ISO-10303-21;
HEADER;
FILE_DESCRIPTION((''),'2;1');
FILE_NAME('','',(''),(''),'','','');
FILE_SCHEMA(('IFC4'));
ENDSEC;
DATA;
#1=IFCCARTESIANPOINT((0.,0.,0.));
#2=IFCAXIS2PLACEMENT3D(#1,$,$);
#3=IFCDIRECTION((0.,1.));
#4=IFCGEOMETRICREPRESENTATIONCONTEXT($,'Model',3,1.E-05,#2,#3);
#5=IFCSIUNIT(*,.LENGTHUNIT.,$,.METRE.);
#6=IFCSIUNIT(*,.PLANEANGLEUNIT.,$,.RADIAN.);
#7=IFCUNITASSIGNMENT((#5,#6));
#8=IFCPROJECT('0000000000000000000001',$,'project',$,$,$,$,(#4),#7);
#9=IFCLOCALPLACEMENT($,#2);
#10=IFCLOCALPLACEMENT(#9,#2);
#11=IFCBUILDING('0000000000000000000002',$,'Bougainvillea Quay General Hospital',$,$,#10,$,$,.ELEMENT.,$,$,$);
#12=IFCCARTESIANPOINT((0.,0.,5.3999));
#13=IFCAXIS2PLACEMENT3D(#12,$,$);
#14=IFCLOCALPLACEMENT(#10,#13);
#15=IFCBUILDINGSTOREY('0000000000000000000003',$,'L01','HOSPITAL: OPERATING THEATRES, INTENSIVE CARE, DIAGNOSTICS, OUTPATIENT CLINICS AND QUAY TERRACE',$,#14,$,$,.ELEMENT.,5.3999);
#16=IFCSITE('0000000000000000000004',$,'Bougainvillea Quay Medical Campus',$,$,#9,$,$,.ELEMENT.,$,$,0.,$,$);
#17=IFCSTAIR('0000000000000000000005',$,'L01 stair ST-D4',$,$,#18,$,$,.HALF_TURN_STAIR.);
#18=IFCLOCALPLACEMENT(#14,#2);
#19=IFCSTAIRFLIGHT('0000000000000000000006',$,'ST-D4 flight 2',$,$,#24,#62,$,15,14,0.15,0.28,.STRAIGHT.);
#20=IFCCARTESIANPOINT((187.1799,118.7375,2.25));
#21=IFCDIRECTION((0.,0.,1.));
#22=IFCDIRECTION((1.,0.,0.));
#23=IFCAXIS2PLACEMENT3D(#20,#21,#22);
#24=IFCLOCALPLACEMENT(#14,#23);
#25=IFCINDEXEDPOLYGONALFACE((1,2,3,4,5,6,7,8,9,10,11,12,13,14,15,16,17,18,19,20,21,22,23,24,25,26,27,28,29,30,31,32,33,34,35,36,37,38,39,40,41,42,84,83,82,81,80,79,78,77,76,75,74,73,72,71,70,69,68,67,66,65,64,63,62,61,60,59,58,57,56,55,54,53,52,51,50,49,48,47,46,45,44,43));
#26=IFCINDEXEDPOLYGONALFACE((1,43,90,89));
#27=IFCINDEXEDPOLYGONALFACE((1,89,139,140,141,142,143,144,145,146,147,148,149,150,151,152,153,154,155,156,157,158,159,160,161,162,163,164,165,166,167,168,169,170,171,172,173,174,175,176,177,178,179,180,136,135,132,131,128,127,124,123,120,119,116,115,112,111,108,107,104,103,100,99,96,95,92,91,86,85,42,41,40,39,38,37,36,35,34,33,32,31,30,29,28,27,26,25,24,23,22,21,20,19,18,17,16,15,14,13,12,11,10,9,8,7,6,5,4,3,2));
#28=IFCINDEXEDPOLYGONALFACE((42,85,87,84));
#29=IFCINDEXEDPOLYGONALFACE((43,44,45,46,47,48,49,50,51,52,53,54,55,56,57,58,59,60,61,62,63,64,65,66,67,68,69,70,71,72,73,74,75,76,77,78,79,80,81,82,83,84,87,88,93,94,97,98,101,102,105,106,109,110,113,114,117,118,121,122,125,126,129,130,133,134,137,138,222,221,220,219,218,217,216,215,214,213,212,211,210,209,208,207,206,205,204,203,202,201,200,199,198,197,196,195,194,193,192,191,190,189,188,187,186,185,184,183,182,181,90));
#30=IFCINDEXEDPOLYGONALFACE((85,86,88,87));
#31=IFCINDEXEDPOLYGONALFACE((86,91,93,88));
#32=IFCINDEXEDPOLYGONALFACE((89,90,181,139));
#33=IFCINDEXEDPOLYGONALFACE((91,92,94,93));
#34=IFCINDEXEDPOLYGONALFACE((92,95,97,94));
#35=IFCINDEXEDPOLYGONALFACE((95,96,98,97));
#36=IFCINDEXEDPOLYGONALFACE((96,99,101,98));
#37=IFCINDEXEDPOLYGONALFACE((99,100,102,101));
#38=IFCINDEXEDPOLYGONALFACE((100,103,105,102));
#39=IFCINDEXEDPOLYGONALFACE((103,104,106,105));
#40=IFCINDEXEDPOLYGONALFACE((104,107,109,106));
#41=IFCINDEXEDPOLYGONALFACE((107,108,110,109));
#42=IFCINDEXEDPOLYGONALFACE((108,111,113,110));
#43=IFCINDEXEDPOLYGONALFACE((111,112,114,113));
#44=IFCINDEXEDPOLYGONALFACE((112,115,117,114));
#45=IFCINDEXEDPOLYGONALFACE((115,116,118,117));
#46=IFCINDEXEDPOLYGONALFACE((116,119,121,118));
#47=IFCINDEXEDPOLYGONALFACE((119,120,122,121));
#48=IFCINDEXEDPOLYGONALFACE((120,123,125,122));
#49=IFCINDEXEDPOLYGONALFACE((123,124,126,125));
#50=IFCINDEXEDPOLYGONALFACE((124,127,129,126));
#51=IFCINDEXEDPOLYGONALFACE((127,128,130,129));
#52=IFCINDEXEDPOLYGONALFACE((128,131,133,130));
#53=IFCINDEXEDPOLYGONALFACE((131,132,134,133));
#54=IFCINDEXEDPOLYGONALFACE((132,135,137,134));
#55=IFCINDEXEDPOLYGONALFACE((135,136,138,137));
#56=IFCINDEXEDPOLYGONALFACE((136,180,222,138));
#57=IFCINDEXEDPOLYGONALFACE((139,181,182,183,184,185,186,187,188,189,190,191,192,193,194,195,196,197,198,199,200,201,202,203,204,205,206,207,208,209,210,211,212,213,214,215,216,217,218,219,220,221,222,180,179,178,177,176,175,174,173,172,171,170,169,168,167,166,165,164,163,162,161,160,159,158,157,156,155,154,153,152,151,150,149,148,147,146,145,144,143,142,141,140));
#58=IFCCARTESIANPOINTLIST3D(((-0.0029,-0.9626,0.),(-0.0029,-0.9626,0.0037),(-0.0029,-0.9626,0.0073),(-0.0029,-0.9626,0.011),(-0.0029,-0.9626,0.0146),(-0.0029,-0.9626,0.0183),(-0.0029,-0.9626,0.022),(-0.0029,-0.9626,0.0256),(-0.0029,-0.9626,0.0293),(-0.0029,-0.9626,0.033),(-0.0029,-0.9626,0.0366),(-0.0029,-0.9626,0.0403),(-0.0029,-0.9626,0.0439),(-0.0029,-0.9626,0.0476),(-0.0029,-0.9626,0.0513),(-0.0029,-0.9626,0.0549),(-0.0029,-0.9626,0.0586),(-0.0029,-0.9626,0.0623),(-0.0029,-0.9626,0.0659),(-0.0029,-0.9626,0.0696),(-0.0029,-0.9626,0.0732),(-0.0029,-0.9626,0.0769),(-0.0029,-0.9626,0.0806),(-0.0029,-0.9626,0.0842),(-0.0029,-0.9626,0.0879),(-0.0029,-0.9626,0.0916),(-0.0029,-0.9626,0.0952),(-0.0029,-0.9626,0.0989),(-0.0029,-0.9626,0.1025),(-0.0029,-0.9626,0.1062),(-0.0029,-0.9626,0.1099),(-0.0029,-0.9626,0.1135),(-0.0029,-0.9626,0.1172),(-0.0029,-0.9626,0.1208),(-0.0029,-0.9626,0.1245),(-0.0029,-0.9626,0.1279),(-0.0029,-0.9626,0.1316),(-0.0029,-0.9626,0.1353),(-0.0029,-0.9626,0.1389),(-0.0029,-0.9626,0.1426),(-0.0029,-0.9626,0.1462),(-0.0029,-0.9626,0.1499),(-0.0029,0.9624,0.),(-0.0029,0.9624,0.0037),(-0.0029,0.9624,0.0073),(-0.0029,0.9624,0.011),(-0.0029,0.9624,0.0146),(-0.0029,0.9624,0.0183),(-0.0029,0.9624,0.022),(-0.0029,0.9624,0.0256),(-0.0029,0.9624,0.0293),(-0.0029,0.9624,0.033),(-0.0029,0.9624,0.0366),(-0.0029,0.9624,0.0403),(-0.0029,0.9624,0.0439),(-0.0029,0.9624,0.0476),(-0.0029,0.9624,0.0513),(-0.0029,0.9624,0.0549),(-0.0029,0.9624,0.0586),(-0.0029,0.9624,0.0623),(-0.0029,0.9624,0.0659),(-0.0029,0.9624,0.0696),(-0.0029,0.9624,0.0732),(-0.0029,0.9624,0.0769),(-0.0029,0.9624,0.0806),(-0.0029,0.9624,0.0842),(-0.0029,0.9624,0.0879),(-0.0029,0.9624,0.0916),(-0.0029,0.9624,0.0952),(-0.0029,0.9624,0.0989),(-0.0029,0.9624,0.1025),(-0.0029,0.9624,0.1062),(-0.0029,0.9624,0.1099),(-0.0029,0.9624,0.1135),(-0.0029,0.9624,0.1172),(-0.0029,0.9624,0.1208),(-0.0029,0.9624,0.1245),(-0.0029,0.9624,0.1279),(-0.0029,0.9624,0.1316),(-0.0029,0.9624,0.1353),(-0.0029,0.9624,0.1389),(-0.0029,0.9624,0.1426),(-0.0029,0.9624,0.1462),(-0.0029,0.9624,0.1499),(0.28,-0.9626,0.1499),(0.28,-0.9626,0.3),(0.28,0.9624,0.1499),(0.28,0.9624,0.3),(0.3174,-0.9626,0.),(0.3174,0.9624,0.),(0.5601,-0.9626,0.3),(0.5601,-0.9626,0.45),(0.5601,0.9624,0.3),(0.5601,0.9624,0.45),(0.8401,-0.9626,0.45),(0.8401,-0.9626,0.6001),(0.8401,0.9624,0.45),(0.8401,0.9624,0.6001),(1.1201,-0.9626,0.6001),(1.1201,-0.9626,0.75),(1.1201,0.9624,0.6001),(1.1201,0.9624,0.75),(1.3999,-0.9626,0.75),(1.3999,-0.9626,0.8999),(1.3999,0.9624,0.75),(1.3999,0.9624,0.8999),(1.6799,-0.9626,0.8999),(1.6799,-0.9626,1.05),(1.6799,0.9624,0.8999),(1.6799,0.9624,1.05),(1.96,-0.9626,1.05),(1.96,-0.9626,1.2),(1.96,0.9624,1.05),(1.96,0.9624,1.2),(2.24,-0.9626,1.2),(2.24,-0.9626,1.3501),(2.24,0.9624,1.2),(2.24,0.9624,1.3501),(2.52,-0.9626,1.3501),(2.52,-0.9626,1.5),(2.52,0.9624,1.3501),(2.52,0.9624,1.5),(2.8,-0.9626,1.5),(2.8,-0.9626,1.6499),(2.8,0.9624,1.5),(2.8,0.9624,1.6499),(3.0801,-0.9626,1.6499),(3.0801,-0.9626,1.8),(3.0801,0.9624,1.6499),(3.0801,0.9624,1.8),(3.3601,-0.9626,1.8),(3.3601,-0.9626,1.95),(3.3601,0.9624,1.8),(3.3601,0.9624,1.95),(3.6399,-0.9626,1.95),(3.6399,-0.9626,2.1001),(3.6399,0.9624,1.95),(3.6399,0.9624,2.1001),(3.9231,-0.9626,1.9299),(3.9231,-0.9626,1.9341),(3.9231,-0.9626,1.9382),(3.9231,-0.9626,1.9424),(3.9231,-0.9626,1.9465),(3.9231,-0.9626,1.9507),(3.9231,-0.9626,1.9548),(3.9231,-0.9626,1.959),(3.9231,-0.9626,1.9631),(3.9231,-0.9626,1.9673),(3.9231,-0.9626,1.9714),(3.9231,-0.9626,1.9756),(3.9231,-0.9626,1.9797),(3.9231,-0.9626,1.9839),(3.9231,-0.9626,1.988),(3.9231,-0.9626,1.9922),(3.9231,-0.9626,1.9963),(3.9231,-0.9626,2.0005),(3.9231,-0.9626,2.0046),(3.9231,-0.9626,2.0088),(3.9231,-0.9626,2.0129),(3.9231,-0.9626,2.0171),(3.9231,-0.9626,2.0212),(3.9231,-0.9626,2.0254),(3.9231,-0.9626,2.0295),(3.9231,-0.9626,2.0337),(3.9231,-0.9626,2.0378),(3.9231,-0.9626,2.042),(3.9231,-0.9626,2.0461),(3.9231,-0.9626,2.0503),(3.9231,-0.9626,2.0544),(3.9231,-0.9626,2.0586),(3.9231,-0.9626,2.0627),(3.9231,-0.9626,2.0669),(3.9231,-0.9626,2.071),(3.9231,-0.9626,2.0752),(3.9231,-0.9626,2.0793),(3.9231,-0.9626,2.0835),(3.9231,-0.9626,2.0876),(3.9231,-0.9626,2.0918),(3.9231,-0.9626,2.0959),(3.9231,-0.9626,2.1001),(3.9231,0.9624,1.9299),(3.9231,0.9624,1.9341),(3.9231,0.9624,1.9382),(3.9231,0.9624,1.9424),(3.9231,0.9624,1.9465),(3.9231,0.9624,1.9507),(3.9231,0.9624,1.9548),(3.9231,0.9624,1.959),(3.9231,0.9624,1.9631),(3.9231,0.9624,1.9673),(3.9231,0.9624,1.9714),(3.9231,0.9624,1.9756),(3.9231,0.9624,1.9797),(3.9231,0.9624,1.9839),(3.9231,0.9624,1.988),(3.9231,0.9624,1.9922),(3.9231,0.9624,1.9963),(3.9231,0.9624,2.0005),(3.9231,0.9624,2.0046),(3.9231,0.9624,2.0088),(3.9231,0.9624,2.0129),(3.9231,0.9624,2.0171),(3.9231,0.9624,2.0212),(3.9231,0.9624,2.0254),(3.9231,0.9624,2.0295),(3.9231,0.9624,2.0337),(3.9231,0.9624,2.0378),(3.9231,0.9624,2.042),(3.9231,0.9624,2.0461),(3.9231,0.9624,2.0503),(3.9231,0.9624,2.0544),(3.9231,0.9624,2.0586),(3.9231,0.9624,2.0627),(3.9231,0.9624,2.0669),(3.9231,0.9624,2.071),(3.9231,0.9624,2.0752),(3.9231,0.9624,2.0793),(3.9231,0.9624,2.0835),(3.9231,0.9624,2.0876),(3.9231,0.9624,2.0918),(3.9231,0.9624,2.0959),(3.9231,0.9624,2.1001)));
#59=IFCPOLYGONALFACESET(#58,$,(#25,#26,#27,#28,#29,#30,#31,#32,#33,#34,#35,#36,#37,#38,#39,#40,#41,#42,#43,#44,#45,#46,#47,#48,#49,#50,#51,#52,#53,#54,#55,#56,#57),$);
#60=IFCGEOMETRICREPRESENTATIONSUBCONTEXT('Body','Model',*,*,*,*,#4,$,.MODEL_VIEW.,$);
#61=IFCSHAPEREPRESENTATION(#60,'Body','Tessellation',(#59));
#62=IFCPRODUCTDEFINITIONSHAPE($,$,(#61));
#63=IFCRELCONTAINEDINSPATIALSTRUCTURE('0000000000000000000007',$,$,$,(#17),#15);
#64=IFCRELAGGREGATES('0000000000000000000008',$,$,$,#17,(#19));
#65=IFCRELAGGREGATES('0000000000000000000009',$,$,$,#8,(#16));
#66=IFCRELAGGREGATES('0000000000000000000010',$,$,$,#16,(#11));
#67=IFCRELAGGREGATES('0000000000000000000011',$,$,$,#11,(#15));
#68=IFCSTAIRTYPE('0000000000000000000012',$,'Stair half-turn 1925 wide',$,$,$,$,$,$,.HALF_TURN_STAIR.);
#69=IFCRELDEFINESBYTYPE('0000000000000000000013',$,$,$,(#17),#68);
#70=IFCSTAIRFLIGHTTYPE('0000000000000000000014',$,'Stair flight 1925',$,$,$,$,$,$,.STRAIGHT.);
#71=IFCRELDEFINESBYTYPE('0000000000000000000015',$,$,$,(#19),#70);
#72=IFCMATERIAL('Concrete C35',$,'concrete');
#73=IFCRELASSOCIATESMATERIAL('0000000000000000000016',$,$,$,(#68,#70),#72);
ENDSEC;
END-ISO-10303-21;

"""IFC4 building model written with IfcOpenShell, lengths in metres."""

from ifc_helpers import new_model, si_unit, direction, frame, origin, place, context, subcontext, project, spatial, polyline, outline, extrude, material, type_object, element, aggregate, save


model = new_model("IFC4")

# Units and contexts
model_context = context("Model", 3, precision=1e-05, world=origin(), true_north=direction((0.0, 1.0)))
body_context = subcontext(model_context, "Body", "Model", "MODEL_VIEW")
ifc_project = project(units=[si_unit("LENGTHUNIT", "METRE"), si_unit("PLANEANGLEUNIT", "RADIAN")], contexts=[model_context])

# Site, building, storey
site_placement = place(None, origin())
site = spatial("IfcSite", under=ifc_project, at=site_placement, Name="Bougainvillea Quay Medical Campus", CompositionType="ELEMENT", RefElevation=0.0)
building_placement = place(site_placement, origin())
building = spatial("IfcBuilding", under=site, at=building_placement, Name="Bougainvillea Quay General Hospital", CompositionType="ELEMENT")
storey_placement = place(building_placement, frame((0.0, 0.0, 5.3999)))
storey = spatial("IfcBuildingStorey", under=building, at=storey_placement, Name="L01", Description="HOSPITAL: OPERATING THEATRES, INTENSIVE CARE, DIAGNOSTICS, OUTPATIENT CLINICS AND QUAY TERRACE", CompositionType="ELEMENT", Elevation=5.3999)

# Stair, stair flight
ifc_material_1 = material(Name="Concrete C35", Category="concrete")
stair_type = type_object("IfcStairType", Name="Stair half-turn 1925 wide", PredefinedType="HALF_TURN_STAIR", material=ifc_material_1)
stair_placement = place(storey_placement, origin())
stair = element("IfcStair", 1, at=stair_placement, inside=storey, type_object=stair_type, Name="L01 stair ST-D4", PredefinedType="HALF_TURN_STAIR")
stair_flight_type = type_object("IfcStairFlightType", Name="Stair flight 1925", PredefinedType="STRAIGHT", material=ifc_material_1)
stair_flight_placement = place(storey_placement, frame((187.1799, 118.7375, 2.25), z_axis=(0.0, 0.0, 1.0), x_axis=(1.0, 0.0, 0.0)))
stair_flight = element("IfcStairFlight", 2, at=stair_flight_placement, type_object=stair_flight_type, Name="ST-D4 flight 2", NumberOfRisers=15, NumberOfTreads=14, PredefinedType="STRAIGHT", RiserHeight=0.15, TreadLength=0.28, context=body_context, shape_type="SweptSolid", body=[
    extrude(outline(polyline([(-0.0029, 0.0), (-0.0029, 0.0037), (-0.0029, 0.0073), (-0.0029, 0.011), (-0.0029, 0.0146), (-0.0029, 0.0183), (-0.0029, 0.022), (-0.0029, 0.0256), (-0.0029, 0.0293), (-0.0029, 0.033), (-0.0029, 0.0366), (-0.0029, 0.0403), (-0.0029, 0.0439), (-0.0029, 0.0476), (-0.0029, 0.0513), (-0.0029, 0.0549), (-0.0029, 0.0586), (-0.0029, 0.0623), (-0.0029, 0.0659), (-0.0029, 0.0696), (-0.0029, 0.0732), (-0.0029, 0.0769), (-0.0029, 0.0806), (-0.0029, 0.0842), (-0.0029, 0.0879), (-0.0029, 0.0916), (-0.0029, 0.0952), (-0.0029, 0.0989), (-0.0029, 0.1025), (-0.0029, 0.1062), (-0.0029, 0.1099), (-0.0029, 0.1135), (-0.0029, 0.1172), (-0.0029, 0.1208), (-0.0029, 0.1245), (-0.0029, 0.1279), (-0.0029, 0.1316), (-0.0029, 0.1353), (-0.0029, 0.1389), (-0.0029, 0.1426), (-0.0029, 0.1462), (-0.0029, 0.1499), (0.28, 0.1499), (0.28, 0.3), (0.5601, 0.3), (0.5601, 0.45), (0.8401, 0.45), (0.8401, 0.6001), (1.1201, 0.6001), (1.1201, 0.75), (1.3999, 0.75), (1.3999, 0.8999), (1.6799, 0.8999), (1.6799, 1.05), (1.96, 1.05), (1.96, 1.2), (2.24, 1.2), (2.24, 1.3501), (2.52, 1.3501), (2.52, 1.5), (2.8, 1.5), (2.8, 1.6499), (3.0801, 1.6499), (3.0801, 1.8), (3.3601, 1.8), (3.3601, 1.95), (3.6399, 1.95), (3.6399, 2.1001), (3.9231, 2.1001), (3.9231, 2.0959), (3.9231, 2.0918), (3.9231, 2.0876), (3.9231, 2.0835), (3.9231, 2.0793), (3.9231, 2.0752), (3.9231, 2.071), (3.9231, 2.0669), (3.9231, 2.0627), (3.9231, 2.0586), (3.9231, 2.0544), (3.9231, 2.0503), (3.9231, 2.0461), (3.9231, 2.042), (3.9231, 2.0378), (3.9231, 2.0337), (3.9231, 2.0295), (3.9231, 2.0254), (3.9231, 2.0212), (3.9231, 2.0171), (3.9231, 2.0129), (3.9231, 2.0088), (3.9231, 2.0046), (3.9231, 2.0005), (3.9231, 1.9963), (3.9231, 1.9922), (3.9231, 1.988), (3.9231, 1.9839), (3.9231, 1.9797), (3.9231, 1.9756), (3.9231, 1.9714), (3.9231, 1.9673), (3.9231, 1.9631), (3.9231, 1.959), (3.9231, 1.9548), (3.9231, 1.9507), (3.9231, 1.9465), (3.9231, 1.9424), (3.9231, 1.9382), (3.9231, 1.9341), (3.9231, 1.9299), (0.3174, 0.0), (-0.0029, 0.0)])), frame((0.0, 0.9624, 0.0), z_axis=(0.0, -1.0, 0.0), x_axis=(1.0, 0.0, 0.0)), (0.0, 0.0, 1.0), 1.925),
])
aggregate(stair, [stair_flight])

save(model, "model.ifc")
